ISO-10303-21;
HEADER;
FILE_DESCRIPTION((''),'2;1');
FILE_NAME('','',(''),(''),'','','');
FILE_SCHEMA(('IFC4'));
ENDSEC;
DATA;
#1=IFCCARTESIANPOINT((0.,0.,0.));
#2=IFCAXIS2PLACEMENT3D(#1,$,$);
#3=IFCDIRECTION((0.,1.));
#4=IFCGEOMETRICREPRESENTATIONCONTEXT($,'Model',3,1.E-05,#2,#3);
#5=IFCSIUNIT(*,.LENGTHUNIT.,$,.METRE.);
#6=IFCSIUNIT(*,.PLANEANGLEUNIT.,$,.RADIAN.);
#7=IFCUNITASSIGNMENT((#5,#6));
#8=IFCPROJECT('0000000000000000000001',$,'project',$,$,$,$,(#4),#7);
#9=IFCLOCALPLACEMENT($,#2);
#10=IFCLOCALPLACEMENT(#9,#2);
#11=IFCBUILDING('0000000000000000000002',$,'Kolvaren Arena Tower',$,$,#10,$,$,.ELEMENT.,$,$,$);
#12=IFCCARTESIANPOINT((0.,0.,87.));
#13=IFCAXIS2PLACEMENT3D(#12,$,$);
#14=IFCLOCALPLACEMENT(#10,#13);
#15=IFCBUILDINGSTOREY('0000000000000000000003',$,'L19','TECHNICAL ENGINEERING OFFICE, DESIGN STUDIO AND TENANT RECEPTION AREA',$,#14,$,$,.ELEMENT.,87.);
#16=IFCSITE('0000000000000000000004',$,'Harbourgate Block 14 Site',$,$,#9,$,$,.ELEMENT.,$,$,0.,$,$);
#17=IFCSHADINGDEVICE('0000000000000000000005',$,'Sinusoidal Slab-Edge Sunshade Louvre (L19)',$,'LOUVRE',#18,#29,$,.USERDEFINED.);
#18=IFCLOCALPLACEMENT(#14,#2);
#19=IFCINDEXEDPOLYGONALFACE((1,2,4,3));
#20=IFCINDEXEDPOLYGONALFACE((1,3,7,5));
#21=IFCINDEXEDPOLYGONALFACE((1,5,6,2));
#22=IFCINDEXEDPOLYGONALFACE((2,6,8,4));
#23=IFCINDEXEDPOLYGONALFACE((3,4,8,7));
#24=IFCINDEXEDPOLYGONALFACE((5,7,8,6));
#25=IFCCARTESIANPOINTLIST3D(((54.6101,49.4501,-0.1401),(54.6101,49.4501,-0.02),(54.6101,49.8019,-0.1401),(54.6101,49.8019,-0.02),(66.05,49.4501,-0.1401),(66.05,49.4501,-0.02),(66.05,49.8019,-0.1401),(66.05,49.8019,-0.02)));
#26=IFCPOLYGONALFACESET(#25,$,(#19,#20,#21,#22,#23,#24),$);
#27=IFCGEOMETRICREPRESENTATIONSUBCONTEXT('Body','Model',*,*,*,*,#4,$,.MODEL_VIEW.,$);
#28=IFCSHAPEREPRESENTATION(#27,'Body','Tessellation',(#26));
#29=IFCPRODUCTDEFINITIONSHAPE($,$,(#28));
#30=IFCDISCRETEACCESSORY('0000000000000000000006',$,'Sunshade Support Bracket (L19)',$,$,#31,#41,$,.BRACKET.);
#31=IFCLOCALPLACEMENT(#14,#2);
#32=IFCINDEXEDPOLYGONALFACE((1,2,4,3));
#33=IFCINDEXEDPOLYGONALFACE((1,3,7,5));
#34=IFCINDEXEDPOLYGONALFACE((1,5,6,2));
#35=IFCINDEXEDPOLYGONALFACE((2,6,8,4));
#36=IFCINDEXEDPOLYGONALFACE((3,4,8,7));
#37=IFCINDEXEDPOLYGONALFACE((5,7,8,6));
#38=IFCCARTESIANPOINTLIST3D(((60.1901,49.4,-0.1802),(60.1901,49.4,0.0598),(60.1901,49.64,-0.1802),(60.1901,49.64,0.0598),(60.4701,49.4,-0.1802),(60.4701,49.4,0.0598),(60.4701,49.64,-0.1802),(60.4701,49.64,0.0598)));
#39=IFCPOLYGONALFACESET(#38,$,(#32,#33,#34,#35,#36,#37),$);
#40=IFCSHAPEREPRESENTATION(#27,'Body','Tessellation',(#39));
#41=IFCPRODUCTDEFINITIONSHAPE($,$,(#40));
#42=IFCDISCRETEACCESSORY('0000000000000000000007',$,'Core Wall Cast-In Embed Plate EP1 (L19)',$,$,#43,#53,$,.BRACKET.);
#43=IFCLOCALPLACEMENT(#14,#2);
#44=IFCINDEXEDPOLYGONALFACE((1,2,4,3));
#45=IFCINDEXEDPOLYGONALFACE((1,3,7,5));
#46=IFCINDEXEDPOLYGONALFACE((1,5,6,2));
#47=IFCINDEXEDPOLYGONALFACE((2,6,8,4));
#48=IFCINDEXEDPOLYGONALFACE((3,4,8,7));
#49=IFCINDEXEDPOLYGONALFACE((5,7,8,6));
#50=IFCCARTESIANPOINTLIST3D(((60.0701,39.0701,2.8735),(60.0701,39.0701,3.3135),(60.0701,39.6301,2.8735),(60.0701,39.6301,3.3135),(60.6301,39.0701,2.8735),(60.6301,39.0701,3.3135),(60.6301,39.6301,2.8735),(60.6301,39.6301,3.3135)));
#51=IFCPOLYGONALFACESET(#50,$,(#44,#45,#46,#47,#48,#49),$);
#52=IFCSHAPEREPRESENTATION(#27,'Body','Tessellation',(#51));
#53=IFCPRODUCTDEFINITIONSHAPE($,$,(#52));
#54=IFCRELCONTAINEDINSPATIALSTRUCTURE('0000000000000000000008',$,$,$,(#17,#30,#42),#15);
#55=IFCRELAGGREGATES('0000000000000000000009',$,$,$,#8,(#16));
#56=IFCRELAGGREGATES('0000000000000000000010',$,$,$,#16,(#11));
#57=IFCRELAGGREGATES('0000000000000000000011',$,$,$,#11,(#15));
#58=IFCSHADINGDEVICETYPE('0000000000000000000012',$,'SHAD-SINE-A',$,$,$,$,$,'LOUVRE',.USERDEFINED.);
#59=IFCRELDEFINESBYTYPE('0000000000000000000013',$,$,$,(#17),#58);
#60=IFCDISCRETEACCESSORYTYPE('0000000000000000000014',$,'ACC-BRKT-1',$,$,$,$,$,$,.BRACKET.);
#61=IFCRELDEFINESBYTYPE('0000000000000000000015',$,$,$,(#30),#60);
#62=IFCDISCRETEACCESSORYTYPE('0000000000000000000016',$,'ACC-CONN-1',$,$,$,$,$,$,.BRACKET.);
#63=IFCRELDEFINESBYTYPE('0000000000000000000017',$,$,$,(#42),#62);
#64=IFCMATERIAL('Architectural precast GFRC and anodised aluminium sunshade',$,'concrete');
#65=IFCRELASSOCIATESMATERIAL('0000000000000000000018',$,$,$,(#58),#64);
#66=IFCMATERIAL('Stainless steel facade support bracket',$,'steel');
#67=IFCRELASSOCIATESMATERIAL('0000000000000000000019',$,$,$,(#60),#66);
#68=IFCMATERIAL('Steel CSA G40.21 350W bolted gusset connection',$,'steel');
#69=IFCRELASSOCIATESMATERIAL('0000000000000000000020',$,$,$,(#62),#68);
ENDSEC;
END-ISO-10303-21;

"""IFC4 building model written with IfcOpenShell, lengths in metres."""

from ifc_helpers import new_model, si_unit, direction, frame, origin, origin_2d, place, context, subcontext, project, spatial, rectangle, extrude, material, type_object, element, save


model = new_model("IFC4")

# Units and contexts
model_context = context("Model", 3, precision=1e-05, world=origin(), true_north=direction((0.0, 1.0)))
body_context = subcontext(model_context, "Body", "Model", "MODEL_VIEW")
ifc_project = project(units=[si_unit("LENGTHUNIT", "METRE"), si_unit("PLANEANGLEUNIT", "RADIAN")], contexts=[model_context])

# Site, building, storey
site_placement = place(None, origin())
site = spatial("IfcSite", under=ifc_project, at=site_placement, Name="Harbourgate Block 14 Site", CompositionType="ELEMENT", RefElevation=0.0)
building_placement = place(site_placement, origin())
building = spatial("IfcBuilding", under=site, at=building_placement, Name="Kolvaren Arena Tower", CompositionType="ELEMENT")
storey_placement = place(building_placement, frame((0.0, 0.0, 87.0)))
storey = spatial("IfcBuildingStorey", under=building, at=storey_placement, Name="L19", Description="TECHNICAL ENGINEERING OFFICE, DESIGN STUDIO AND TENANT RECEPTION AREA", CompositionType="ELEMENT", Elevation=87.0)

# Shading device
ifc_material_1 = material(Name="Architectural precast GFRC and anodised aluminium sunshade", Category="concrete")
shading_device_type = type_object("IfcShadingDeviceType", Name="SHAD-SINE-A", ElementType="LOUVRE", PredefinedType="USERDEFINED", material=ifc_material_1)
shading_device_placement = place(storey_placement, frame((60.3301, 49.626, -0.1401), z_axis=(0.0, 0.0, 1.0), x_axis=(1.0, 0.0, 0.0)))
element("IfcShadingDevice", 1, at=shading_device_placement, inside=storey, type_object=shading_device_type, Name="Sinusoidal Slab-Edge Sunshade Louvre (L19)", ObjectType="LOUVRE", PredefinedType="USERDEFINED", context=body_context, shape_type="SweptSolid", body=[
    extrude(rectangle(XDim=11.4399, YDim=0.3518, at=origin_2d()), origin(), (0.0, 0.0, 1.0), 0.1201),
])

# Discrete accessories
ifc_material_2 = material(Name="Stainless steel facade support bracket", Category="steel")
discrete_accessory_type_1 = type_object("IfcDiscreteAccessoryType", Name="ACC-BRKT-1", PredefinedType="BRACKET", material=ifc_material_2)
discrete_accessory_1_placement = place(storey_placement, frame((60.3301, 49.52, -0.1802), z_axis=(0.0, 0.0, 1.0), x_axis=(1.0, 0.0, 0.0)))
element("IfcDiscreteAccessory", 2, at=discrete_accessory_1_placement, inside=storey, type_object=discrete_accessory_type_1, Name="Sunshade Support Bracket (L19)", PredefinedType="BRACKET", context=body_context, shape_type="SweptSolid", body=[
    extrude(rectangle(XDim=0.28, YDim=0.24, at=origin_2d()), origin(), (0.0, 0.0, 1.0), 0.24),
])
ifc_material_3 = material(Name="Steel CSA G40.21 350W bolted gusset connection", Category="steel")
discrete_accessory_type_2 = type_object("IfcDiscreteAccessoryType", Name="ACC-CONN-1", PredefinedType="BRACKET", material=ifc_material_3)
discrete_accessory_2_placement = place(storey_placement, frame((60.3501, 39.3501, 2.8735), z_axis=(0.0, 0.0, 1.0), x_axis=(1.0, 0.0, 0.0)))
element("IfcDiscreteAccessory", 3, at=discrete_accessory_2_placement, inside=storey, type_object=discrete_accessory_type_2, Name="Core Wall Cast-In Embed Plate EP1 (L19)", PredefinedType="BRACKET", context=body_context, shape_type="SweptSolid", body=[
    extrude(rectangle(XDim=0.5601, YDim=0.5601, at=origin_2d()), origin(), (0.0, 0.0, 1.0), 0.4399),
])

save(model, "model.ifc")
